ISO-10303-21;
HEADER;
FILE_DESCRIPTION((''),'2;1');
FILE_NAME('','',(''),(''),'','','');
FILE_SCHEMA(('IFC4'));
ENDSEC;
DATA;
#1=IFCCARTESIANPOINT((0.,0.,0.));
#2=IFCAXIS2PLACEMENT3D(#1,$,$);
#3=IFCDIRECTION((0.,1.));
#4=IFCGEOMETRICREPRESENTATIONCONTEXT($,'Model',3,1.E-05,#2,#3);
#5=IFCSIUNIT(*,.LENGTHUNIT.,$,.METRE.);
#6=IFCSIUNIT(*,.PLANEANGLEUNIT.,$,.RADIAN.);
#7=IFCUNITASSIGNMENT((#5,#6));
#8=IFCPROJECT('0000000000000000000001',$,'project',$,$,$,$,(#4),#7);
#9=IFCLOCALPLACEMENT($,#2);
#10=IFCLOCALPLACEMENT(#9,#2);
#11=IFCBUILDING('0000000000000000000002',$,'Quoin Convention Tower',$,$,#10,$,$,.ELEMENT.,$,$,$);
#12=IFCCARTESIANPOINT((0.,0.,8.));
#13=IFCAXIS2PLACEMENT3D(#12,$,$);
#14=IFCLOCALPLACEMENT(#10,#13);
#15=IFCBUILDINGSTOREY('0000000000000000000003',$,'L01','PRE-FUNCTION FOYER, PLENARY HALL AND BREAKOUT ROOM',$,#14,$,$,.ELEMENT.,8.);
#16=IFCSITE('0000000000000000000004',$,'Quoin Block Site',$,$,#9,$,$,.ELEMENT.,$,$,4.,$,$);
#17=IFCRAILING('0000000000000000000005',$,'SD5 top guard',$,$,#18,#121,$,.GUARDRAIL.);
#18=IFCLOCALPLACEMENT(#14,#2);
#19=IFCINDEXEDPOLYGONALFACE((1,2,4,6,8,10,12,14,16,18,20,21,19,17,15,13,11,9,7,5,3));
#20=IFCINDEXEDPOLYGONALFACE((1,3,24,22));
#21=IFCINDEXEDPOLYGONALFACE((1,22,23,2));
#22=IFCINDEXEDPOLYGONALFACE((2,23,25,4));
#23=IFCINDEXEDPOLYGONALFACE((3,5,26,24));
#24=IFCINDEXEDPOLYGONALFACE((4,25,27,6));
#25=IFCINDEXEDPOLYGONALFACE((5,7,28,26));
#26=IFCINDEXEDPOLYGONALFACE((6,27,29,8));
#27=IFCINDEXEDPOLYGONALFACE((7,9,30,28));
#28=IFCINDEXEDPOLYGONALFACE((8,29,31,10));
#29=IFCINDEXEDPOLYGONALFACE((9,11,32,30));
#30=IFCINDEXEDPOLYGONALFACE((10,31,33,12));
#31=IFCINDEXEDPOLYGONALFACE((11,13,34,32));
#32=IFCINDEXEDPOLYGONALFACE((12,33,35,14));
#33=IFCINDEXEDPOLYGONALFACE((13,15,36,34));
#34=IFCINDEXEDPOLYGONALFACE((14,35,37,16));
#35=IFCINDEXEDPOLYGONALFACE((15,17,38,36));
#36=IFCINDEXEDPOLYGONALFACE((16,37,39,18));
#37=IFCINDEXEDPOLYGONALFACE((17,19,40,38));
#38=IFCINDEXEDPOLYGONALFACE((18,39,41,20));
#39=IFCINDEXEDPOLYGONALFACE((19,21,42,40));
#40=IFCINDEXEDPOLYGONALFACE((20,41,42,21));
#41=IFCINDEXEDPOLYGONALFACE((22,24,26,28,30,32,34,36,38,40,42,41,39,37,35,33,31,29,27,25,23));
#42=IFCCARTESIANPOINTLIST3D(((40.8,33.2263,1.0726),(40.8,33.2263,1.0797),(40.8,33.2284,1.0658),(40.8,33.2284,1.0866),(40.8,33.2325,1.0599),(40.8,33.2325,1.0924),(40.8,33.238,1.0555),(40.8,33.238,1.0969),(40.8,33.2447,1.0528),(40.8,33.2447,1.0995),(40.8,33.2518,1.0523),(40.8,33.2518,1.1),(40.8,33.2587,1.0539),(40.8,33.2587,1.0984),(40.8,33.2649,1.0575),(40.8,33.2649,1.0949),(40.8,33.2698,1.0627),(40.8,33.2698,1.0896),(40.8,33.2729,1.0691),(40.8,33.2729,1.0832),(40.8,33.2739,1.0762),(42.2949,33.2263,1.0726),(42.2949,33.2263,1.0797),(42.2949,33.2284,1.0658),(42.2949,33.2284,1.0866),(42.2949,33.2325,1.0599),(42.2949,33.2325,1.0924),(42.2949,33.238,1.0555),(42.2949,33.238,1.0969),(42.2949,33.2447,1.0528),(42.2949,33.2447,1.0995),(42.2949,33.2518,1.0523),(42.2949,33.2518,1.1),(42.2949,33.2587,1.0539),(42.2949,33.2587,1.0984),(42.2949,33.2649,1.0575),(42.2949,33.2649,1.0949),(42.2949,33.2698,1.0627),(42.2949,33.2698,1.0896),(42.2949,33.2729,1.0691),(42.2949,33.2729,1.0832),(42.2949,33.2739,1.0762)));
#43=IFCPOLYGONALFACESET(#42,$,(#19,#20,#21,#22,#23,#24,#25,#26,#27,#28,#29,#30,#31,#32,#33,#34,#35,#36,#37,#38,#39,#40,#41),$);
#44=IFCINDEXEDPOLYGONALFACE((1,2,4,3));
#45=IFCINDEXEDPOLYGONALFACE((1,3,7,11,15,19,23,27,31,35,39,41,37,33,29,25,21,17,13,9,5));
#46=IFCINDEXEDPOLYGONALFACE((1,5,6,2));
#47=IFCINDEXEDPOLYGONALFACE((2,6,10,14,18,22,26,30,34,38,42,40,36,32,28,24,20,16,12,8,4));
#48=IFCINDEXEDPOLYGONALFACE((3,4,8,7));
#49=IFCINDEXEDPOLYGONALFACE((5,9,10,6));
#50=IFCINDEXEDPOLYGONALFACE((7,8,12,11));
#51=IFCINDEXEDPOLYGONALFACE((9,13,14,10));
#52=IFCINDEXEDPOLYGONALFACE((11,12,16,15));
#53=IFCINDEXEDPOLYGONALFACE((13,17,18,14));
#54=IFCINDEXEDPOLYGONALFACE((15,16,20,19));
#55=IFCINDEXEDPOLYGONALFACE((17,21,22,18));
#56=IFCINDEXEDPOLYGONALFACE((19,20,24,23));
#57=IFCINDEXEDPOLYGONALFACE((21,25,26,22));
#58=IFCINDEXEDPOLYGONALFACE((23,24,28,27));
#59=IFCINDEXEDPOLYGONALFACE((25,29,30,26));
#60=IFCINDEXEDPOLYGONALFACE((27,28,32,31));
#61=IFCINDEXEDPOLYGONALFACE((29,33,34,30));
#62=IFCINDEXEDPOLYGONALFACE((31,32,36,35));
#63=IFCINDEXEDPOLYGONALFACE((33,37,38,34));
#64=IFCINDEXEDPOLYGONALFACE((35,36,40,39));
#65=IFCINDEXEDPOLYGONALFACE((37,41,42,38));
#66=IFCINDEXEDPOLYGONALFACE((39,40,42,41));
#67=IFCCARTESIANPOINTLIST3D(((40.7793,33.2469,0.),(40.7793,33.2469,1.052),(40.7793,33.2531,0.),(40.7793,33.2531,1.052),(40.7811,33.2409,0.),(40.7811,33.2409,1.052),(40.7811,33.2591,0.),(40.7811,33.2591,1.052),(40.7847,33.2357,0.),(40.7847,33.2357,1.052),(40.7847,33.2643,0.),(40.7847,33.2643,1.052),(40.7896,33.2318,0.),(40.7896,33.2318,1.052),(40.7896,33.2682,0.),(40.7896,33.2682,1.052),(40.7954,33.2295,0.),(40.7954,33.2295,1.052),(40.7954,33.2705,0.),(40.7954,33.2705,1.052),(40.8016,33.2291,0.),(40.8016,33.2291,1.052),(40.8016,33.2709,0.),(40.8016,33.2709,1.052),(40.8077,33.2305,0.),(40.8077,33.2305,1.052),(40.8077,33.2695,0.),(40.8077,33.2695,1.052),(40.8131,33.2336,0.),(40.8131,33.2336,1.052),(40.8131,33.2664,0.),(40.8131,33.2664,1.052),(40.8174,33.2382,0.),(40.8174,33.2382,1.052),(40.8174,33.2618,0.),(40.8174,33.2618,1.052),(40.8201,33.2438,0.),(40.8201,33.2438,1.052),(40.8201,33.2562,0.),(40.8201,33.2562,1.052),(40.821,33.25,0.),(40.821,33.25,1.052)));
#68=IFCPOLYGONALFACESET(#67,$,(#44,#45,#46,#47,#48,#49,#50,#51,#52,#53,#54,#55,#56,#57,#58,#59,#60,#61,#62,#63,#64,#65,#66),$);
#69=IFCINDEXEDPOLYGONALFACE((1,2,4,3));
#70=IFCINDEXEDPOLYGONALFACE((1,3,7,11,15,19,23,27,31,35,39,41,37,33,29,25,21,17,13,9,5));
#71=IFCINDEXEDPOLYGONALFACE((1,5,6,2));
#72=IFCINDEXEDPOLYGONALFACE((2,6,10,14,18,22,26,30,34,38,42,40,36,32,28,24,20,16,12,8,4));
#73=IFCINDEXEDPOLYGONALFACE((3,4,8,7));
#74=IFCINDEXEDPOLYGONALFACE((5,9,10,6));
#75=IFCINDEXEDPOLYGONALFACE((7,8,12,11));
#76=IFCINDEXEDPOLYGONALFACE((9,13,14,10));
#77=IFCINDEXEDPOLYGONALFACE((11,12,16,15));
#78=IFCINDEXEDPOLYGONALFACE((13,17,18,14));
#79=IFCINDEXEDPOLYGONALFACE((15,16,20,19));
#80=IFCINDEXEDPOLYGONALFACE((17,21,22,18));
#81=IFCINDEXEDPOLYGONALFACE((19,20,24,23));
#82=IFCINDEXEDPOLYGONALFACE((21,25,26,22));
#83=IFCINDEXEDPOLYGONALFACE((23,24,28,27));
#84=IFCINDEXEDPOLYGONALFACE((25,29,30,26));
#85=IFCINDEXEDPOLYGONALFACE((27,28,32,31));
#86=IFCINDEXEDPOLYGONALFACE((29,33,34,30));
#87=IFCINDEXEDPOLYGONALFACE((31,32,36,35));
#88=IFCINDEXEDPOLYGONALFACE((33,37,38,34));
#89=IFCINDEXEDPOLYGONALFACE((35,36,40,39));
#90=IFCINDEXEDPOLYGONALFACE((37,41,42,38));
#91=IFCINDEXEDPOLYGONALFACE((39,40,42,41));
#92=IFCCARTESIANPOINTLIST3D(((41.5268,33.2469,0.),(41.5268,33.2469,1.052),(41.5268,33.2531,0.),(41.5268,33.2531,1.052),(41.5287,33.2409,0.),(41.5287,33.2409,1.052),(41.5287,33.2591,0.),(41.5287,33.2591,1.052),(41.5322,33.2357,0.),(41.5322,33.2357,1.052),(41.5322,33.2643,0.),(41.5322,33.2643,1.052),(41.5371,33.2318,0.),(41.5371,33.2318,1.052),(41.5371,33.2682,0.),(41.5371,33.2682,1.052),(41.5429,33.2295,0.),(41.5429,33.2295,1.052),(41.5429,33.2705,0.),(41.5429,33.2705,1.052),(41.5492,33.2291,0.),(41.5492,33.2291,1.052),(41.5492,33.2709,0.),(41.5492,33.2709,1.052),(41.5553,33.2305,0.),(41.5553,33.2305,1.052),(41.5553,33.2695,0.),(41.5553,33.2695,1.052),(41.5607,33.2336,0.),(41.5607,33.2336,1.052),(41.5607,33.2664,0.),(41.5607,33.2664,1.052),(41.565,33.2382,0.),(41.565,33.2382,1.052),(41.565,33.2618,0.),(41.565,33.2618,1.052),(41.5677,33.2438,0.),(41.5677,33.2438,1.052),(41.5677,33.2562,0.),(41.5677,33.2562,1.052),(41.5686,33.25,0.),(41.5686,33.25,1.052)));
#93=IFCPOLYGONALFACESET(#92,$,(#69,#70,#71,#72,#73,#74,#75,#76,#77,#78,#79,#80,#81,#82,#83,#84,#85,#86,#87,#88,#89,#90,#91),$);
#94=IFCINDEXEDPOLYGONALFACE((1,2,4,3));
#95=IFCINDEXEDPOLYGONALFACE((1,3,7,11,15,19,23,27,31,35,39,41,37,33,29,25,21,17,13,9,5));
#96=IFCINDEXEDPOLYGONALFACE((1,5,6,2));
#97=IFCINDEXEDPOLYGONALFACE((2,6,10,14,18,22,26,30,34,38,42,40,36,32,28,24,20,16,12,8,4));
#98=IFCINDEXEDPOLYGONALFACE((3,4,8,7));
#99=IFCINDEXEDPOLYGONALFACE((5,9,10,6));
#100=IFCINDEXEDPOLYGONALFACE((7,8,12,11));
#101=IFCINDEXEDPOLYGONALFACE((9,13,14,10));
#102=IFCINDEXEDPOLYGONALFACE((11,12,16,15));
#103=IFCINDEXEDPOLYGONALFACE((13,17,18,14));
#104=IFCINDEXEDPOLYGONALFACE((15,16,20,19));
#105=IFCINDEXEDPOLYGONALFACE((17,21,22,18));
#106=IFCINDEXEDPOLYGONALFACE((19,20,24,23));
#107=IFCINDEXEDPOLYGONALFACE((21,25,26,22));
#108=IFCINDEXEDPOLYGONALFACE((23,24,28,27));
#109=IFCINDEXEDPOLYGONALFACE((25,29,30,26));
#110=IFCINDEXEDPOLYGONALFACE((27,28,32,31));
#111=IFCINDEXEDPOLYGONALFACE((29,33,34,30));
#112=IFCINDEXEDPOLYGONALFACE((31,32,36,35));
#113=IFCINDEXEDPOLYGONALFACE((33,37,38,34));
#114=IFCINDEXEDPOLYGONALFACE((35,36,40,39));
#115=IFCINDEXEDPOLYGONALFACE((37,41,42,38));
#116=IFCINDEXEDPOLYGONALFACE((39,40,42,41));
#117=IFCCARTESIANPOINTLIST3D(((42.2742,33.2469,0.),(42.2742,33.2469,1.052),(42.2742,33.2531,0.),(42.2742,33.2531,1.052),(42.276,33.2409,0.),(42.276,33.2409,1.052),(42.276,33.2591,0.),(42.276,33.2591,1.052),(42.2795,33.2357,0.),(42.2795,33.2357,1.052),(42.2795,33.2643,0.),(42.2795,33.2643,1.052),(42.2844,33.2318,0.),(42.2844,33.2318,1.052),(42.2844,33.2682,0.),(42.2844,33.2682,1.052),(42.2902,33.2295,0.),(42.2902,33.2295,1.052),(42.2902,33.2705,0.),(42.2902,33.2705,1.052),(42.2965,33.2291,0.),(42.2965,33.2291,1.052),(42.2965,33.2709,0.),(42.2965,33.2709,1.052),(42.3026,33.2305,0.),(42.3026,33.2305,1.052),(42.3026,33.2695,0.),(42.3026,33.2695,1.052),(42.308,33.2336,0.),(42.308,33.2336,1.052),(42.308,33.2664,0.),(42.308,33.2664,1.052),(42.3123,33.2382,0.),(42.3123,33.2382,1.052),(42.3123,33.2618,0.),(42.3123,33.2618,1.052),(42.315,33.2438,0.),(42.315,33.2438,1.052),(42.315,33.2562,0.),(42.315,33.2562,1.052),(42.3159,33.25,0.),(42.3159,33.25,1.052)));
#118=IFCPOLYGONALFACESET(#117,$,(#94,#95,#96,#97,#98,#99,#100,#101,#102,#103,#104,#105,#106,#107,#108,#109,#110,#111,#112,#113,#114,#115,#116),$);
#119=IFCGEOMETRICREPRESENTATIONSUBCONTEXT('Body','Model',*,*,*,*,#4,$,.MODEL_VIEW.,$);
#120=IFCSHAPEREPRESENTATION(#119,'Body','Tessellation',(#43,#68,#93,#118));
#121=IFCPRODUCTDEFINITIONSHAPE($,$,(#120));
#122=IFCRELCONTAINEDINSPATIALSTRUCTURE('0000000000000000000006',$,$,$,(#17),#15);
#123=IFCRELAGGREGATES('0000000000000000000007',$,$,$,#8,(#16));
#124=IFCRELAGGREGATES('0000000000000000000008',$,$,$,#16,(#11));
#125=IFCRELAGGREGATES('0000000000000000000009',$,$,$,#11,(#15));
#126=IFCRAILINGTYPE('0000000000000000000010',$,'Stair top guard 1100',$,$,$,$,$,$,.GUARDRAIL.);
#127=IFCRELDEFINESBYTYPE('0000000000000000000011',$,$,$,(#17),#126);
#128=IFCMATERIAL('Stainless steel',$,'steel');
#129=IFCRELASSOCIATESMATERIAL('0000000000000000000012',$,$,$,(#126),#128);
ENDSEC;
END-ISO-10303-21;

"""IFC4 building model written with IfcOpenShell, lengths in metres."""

from ifc_helpers import new_model, si_unit, direction, frame, origin, origin_2d, place, context, subcontext, project, spatial, circle, extrude, material, type_object, element, save


model = new_model("IFC4")

# Units and contexts
model_context = context("Model", 3, precision=1e-05, world=origin(), true_north=direction((0.0, 1.0)))
body_context = subcontext(model_context, "Body", "Model", "MODEL_VIEW")
ifc_project = project(units=[si_unit("LENGTHUNIT", "METRE"), si_unit("PLANEANGLEUNIT", "RADIAN")], contexts=[model_context])

# Site, building, storey
site_placement = place(None, origin())
site = spatial("IfcSite", under=ifc_project, at=site_placement, Name="Quoin Block Site", CompositionType="ELEMENT", RefElevation=4.0)
building_placement = place(site_placement, origin())
building = spatial("IfcBuilding", under=site, at=building_placement, Name="Quoin Convention Tower", CompositionType="ELEMENT")
storey_placement = place(building_placement, frame((0.0, 0.0, 8.0)))
storey = spatial("IfcBuildingStorey", under=building, at=storey_placement, Name="L01", Description="PRE-FUNCTION FOYER, PLENARY HALL AND BREAKOUT ROOM", CompositionType="ELEMENT", Elevation=8.0)

# Railing
ifc_material_1 = material(Name="Stainless steel", Category="steel")
railing_type_1 = type_object("IfcRailingType", Name="Stair top guard 1100", PredefinedType="GUARDRAIL", material=ifc_material_1)
railing_1_placement = place(storey_placement, frame((40.8, 33.25, 0.0)))
element("IfcRailing", 1, at=railing_1_placement, inside=storey, type_object=railing_type_1, Name="SD5 top guard", PredefinedType="GUARDRAIL", context=body_context, shape_type="SweptSolid", body=[
    extrude(circle(Radius=0.0239, at=origin_2d()), frame((0.0, 0.0, 1.0762), z_axis=(1.0, 0.0, 0.0), x_axis=(0.0, 1.0, 0.0)), (0.0, 0.0, 1.0), 1.4949),
    extrude(circle(Radius=0.021, at=origin_2d()), origin(), (0.0, 0.0, 1.0), 1.052),
    extrude(circle(Radius=0.021, at=origin_2d()), frame((0.7476, 0.0, 0.0)), (0.0, 0.0, 1.0), 1.052),
    extrude(circle(Radius=0.021, at=origin_2d()), frame((1.4949, 0.0, 0.0)), (0.0, 0.0, 1.0), 1.052),
])

save(model, "model.ifc")
